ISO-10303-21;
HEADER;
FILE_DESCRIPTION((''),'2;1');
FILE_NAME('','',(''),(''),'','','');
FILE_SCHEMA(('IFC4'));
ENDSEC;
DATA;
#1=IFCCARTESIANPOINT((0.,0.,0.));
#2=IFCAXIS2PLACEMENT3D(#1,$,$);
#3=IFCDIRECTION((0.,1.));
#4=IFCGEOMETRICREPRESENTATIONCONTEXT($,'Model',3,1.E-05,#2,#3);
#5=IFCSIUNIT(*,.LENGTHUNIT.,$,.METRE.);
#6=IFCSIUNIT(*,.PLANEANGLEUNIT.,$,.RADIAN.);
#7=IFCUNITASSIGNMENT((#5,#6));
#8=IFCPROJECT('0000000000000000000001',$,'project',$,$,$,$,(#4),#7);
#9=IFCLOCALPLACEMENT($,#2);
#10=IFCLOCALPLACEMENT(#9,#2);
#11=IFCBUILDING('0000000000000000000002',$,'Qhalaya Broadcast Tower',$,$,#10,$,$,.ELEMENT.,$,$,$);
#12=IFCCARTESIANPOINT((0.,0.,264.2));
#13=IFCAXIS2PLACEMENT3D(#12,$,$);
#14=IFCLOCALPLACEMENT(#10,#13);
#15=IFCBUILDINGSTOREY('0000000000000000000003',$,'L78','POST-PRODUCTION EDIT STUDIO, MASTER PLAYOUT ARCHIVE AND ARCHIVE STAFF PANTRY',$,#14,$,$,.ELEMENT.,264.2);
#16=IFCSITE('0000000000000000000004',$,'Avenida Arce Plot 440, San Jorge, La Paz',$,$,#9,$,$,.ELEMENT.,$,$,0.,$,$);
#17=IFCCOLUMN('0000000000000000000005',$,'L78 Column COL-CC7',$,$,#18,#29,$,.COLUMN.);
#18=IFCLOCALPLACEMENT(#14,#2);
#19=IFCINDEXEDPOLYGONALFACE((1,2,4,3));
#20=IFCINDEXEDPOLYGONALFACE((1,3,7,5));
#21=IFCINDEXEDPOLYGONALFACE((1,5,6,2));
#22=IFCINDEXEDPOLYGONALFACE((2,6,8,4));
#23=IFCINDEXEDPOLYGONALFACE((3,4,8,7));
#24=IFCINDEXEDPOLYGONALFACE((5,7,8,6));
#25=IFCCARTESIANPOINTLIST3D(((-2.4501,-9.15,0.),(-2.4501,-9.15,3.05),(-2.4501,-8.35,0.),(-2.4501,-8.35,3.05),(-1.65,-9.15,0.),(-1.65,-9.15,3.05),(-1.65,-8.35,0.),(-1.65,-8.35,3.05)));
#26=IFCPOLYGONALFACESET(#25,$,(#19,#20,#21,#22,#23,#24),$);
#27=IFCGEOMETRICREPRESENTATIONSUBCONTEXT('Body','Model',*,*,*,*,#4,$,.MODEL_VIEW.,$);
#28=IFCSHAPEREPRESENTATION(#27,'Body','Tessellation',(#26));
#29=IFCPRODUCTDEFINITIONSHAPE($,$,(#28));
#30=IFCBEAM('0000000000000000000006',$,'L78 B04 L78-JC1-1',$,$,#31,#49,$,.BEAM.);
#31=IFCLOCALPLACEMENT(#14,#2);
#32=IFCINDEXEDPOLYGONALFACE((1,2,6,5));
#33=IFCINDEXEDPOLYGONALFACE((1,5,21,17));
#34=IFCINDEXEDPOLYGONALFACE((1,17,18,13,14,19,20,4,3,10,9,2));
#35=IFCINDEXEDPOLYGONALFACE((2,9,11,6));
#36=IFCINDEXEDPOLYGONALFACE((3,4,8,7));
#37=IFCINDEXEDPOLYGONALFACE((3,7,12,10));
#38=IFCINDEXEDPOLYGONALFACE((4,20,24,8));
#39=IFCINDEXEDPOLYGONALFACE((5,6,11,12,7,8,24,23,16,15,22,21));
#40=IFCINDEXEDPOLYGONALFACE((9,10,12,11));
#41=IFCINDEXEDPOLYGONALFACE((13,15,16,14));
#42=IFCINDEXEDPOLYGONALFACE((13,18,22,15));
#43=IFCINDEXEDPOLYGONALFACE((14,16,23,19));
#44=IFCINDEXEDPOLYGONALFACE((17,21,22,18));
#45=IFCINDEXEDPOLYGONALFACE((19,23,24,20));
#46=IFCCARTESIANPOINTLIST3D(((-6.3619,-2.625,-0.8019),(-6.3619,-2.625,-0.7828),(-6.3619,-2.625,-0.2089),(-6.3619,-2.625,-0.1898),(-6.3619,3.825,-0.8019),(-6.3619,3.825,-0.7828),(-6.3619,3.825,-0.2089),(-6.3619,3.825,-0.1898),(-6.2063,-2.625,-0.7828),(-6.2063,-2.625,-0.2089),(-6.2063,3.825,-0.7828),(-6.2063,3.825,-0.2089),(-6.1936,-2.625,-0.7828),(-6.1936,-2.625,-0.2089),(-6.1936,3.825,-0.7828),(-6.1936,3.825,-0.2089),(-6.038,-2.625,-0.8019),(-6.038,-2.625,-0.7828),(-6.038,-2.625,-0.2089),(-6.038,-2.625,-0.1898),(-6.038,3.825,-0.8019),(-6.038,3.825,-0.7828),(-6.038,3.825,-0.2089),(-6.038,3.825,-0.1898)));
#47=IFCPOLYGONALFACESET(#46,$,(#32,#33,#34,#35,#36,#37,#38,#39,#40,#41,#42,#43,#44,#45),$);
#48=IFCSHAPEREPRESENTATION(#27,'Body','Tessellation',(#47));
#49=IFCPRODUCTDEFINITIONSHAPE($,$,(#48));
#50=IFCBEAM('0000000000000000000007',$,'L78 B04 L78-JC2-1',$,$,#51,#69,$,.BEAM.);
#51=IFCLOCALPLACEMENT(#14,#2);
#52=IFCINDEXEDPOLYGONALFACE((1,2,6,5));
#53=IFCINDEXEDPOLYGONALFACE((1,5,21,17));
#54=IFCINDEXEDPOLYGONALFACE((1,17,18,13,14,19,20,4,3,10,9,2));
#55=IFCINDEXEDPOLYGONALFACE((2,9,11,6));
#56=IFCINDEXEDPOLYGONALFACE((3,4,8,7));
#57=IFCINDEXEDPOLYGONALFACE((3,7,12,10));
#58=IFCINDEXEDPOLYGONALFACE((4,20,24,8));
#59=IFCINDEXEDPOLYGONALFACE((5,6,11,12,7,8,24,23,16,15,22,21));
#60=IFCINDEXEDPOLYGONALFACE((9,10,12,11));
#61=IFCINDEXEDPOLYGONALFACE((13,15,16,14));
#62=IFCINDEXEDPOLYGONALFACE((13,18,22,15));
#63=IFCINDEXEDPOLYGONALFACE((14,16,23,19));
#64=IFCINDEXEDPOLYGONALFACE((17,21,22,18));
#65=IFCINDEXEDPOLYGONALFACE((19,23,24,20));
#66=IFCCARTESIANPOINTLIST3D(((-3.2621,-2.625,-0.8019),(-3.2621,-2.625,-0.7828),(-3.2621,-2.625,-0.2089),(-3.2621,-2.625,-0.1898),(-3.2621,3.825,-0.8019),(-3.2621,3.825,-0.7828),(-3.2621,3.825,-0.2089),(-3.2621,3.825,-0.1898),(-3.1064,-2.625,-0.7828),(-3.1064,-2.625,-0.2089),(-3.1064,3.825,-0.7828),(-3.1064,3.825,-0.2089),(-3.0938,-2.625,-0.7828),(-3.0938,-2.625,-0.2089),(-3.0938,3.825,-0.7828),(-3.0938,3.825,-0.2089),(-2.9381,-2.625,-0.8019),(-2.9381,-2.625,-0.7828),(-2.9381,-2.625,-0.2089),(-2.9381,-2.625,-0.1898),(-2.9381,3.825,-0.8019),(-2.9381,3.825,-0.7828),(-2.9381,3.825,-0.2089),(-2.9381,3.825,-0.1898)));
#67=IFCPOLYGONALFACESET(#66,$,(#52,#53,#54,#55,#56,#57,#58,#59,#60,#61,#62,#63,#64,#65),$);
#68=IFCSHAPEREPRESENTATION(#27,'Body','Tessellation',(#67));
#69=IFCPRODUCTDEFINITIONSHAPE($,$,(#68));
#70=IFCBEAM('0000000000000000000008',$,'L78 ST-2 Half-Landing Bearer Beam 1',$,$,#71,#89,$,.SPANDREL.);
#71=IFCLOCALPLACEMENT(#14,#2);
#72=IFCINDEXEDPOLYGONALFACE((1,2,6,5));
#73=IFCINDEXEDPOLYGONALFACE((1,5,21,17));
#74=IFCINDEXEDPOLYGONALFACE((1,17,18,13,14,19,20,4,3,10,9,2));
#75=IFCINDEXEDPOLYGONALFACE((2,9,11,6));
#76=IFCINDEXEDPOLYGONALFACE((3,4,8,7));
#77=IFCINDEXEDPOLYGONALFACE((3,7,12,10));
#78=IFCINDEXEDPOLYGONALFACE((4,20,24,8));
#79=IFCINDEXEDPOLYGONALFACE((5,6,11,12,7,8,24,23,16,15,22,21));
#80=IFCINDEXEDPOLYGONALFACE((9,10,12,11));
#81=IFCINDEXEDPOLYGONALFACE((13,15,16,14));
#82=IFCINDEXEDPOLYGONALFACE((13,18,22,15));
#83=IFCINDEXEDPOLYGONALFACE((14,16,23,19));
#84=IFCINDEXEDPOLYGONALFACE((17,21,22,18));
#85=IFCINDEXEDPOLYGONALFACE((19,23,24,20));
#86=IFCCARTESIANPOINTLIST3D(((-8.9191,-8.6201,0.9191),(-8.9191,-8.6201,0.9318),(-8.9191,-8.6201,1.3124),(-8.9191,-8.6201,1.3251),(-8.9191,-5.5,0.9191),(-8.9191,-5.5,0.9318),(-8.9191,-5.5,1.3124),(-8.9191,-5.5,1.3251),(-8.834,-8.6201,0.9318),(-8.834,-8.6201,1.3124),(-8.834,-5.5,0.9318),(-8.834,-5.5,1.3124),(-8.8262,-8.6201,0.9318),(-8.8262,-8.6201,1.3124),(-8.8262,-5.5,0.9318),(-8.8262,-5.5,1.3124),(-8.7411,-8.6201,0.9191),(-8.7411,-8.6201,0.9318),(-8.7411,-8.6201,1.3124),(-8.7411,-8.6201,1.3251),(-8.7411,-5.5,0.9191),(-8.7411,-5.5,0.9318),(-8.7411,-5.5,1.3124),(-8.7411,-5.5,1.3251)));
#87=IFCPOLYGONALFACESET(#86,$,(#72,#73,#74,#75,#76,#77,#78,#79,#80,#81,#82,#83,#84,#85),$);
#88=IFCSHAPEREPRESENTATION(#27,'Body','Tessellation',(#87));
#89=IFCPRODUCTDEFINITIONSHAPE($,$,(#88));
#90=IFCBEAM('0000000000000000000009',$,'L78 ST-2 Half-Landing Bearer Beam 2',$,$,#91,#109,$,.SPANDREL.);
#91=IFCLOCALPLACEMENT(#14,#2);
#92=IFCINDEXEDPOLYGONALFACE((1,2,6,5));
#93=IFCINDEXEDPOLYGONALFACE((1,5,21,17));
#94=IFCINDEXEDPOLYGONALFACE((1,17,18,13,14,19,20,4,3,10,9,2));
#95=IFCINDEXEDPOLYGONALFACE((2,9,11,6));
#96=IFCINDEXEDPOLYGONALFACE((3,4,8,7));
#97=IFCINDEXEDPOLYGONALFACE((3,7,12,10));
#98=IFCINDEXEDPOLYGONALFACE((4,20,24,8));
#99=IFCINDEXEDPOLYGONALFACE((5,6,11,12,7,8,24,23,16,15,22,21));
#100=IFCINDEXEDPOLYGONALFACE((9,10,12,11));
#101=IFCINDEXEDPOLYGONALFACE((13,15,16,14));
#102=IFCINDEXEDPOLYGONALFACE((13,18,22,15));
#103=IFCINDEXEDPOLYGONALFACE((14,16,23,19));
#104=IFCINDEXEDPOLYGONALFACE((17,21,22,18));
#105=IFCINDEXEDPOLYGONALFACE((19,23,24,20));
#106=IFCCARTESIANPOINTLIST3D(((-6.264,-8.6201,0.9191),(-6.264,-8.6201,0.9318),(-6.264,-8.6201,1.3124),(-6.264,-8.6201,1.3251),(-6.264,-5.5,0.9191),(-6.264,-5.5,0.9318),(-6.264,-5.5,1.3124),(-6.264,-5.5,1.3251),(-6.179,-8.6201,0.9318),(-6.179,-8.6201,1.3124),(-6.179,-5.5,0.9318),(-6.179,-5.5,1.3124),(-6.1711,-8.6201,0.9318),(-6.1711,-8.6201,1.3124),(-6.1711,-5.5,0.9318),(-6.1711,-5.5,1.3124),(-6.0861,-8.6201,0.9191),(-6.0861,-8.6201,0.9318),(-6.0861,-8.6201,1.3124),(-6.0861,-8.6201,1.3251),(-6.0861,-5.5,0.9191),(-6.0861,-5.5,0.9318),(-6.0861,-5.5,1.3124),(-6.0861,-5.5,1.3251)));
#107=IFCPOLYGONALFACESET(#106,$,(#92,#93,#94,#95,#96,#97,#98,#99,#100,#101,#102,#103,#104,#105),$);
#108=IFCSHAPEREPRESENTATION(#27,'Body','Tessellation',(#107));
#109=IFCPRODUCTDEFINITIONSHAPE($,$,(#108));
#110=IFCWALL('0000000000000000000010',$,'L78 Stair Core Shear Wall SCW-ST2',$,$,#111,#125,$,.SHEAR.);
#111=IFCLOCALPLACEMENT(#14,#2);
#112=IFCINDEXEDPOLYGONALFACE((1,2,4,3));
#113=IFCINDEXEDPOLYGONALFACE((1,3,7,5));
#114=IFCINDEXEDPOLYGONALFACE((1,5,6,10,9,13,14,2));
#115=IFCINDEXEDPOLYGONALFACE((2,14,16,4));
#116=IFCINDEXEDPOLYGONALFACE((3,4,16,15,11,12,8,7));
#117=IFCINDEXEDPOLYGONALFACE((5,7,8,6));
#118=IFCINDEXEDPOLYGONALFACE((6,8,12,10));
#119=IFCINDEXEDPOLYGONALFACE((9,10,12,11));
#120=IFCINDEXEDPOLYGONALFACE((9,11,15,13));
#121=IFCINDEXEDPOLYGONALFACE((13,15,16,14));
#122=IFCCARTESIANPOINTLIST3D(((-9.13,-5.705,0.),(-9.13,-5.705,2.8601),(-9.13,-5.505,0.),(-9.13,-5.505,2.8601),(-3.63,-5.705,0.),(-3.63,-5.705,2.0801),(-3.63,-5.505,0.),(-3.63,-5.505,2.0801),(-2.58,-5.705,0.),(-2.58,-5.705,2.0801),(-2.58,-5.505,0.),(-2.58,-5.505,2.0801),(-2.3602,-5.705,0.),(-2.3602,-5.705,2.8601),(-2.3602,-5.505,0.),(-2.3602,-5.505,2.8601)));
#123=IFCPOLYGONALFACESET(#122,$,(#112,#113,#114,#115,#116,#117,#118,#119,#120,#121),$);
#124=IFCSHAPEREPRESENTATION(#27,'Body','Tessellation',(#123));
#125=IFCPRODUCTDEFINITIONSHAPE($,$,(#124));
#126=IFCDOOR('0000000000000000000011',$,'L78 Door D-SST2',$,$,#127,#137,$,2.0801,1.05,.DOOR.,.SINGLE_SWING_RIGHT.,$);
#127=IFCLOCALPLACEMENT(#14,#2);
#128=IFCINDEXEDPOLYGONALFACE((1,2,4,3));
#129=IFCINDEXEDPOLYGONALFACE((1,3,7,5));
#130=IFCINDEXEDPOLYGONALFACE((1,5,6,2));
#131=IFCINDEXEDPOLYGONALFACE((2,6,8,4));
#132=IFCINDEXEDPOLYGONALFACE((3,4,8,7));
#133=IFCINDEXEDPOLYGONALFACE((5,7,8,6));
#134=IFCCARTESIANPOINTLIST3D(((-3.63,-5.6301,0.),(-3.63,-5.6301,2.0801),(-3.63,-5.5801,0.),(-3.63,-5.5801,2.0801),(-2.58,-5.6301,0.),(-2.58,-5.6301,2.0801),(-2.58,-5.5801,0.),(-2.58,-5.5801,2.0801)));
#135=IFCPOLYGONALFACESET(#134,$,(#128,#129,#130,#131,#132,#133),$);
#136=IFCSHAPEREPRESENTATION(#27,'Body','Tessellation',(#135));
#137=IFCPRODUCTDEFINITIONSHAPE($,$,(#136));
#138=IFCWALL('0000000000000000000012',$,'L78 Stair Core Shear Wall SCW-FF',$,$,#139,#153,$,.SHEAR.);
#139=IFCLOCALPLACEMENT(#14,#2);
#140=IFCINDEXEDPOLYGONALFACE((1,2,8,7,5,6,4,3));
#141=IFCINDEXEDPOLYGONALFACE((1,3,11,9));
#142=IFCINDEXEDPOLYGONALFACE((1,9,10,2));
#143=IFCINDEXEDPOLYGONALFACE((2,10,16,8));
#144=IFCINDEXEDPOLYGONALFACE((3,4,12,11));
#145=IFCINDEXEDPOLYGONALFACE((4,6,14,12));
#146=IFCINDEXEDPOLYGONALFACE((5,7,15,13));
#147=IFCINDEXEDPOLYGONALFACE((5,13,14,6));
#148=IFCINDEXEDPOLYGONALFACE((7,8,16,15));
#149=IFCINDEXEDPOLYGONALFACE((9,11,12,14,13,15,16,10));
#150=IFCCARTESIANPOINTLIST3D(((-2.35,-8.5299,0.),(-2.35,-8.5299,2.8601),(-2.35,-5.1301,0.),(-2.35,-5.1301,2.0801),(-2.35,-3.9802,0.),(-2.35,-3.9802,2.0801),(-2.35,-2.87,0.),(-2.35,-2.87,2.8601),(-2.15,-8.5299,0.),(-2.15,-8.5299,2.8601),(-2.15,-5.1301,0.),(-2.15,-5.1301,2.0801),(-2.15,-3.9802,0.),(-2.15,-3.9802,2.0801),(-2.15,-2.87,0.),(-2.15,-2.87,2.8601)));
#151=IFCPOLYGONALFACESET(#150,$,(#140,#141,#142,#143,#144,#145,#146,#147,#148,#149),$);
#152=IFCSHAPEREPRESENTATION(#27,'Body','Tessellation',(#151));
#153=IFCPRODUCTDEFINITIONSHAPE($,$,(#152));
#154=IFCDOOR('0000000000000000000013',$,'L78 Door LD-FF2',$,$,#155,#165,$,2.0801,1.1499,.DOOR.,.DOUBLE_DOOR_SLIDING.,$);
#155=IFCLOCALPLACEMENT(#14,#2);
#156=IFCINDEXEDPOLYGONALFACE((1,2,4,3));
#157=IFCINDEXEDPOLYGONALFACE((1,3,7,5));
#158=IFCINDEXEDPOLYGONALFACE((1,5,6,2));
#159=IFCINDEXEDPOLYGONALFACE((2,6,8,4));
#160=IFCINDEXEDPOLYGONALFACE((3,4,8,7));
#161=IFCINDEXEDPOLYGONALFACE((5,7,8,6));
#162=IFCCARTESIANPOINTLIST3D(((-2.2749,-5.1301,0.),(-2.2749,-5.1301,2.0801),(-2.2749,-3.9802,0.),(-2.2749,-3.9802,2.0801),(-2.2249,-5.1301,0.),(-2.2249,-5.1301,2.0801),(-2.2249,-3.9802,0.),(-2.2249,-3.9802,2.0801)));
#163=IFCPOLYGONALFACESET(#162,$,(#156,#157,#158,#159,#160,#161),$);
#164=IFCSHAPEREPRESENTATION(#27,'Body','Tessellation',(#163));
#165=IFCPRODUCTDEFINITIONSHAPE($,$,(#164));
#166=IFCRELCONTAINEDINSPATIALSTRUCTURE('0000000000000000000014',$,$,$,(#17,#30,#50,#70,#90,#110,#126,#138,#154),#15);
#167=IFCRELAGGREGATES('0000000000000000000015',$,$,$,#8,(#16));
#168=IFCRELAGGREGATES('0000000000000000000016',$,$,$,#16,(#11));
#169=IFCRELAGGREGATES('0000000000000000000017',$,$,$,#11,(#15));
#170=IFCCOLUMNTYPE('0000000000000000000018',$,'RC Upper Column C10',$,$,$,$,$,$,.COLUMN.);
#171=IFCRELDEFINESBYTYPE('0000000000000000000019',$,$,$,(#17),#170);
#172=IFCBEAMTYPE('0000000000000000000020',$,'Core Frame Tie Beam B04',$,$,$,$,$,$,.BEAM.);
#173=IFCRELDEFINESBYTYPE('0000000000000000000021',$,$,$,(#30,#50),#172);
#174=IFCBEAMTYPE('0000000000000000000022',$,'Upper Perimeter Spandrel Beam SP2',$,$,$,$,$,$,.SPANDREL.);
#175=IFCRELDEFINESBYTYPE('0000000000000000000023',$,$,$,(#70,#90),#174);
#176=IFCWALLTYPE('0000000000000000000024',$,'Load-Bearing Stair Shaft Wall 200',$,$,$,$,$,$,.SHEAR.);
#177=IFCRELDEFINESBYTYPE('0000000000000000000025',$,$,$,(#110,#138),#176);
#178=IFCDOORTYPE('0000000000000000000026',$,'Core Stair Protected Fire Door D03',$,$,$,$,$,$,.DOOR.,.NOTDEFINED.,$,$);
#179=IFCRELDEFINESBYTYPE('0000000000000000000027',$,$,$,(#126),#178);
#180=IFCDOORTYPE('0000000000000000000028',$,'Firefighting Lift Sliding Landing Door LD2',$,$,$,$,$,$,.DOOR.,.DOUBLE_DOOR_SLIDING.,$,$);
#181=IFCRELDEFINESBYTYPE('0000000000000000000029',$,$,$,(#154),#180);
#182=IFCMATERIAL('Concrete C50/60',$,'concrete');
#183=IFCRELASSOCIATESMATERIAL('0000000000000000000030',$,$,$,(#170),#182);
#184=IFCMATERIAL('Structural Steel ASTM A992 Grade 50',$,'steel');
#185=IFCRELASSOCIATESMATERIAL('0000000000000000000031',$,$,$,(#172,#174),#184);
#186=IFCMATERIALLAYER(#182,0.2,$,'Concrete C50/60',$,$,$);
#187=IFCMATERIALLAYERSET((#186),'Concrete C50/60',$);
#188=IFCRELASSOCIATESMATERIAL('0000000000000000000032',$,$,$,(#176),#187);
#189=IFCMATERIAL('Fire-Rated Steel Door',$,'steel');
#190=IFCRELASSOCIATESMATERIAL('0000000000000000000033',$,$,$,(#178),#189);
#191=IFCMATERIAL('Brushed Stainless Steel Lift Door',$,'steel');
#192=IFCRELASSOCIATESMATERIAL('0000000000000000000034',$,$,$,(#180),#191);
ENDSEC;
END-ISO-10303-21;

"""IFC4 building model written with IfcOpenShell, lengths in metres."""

from ifc_helpers import new_model, si_unit, direction, frame, frame_2d, origin, origin_2d, place, context, subcontext, project, spatial, rectangle, i_section, extrude, material, layer, layer_set, material_profile, profile_set, type_object, element, fill, save


model = new_model("IFC4")

# Units and contexts
model_context = context("Model", 3, precision=1e-05, world=origin(), true_north=direction((0.0, 1.0)))
body_context = subcontext(model_context, "Body", "Model", "MODEL_VIEW")
ifc_project = project(units=[si_unit("LENGTHUNIT", "METRE"), si_unit("PLANEANGLEUNIT", "RADIAN")], contexts=[model_context])

# Site, building, storey
site_placement = place(None, origin())
site = spatial("IfcSite", under=ifc_project, at=site_placement, Name="Avenida Arce Plot 440, San Jorge, La Paz", CompositionType="ELEMENT", RefElevation=0.0)
building_placement = place(site_placement, origin())
building = spatial("IfcBuilding", under=site, at=building_placement, Name="Qhalaya Broadcast Tower", CompositionType="ELEMENT")
storey_placement = place(building_placement, frame((0.0, 0.0, 264.2)))
storey = spatial("IfcBuildingStorey", under=building, at=storey_placement, Name="L78", Description="POST-PRODUCTION EDIT STUDIO, MASTER PLAYOUT ARCHIVE AND ARCHIVE STAFF PANTRY", CompositionType="ELEMENT", Elevation=264.2)

# Column
ifc_material_1 = material(Name="Concrete C50/60", Category="concrete")
ifc_material_profile_1 = material_profile(ifc_material_1, rectangle(XDim=0.8, YDim=0.8, at=origin_2d()), Name="RC-COL 800x800")
ifc_profile_set_1 = profile_set([ifc_material_profile_1], Name="Concrete C50/60")
column_type = type_object("IfcColumnType", Name="RC Upper Column C10", PredefinedType="COLUMN", material=ifc_profile_set_1)
column_placement = place(storey_placement, frame((-2.05, -8.75, 0.0), z_axis=(0.0, 0.0, 1.0), x_axis=(1.0, 0.0, 0.0)))
element("IfcColumn", 1, at=column_placement, inside=storey, type_object=column_type, Name="L78 Column COL-CC7", PredefinedType="COLUMN", context=body_context, shape_type="SweptSolid", body=[
    extrude(rectangle(XDim=0.8, YDim=0.8, at=origin_2d()), origin(), (0.0, 0.0, 1.0), 3.05),
])

# Beams
ifc_material_2 = material(Name="Structural Steel ASTM A992 Grade 50", Category="steel")
ifc_material_profile_2 = material_profile(ifc_material_2, i_section(OverallWidth=0.324, OverallDepth=0.6121, WebThickness=0.0127, FlangeThickness=0.019, at=origin_2d()), Name="W24X104")
ifc_profile_set_2 = profile_set([ifc_material_profile_2], Name="Structural Steel ASTM A992 Grade 50")
beam_type_1 = type_object("IfcBeamType", Name="Core Frame Tie Beam B04", PredefinedType="BEAM", material=ifc_profile_set_2)
for number, where, z_axis, x_axis, name in (
    (2, (-6.2, -2.625, -0.4958), (0.0, 1.0, 0.0), (-1.0, 0.0, 0.0), "L78 B04 L78-JC1-1"),
    (3, (-3.1001, -2.625, -0.4958), (0.0, 1.0, 0.0), (-1.0, 0.0, 0.0), "L78 B04 L78-JC2-1"),
):
    element("IfcBeam", number, at=place(storey_placement, frame(where, z_axis=z_axis, x_axis=x_axis)), inside=storey, type_object=beam_type_1, Name=name, PredefinedType="BEAM", context=body_context, shape_type="SweptSolid", body=[
        extrude(i_section(OverallWidth=0.324, OverallDepth=0.6121, WebThickness=0.0127, FlangeThickness=0.019, at=origin_2d()), origin(), (0.0, 0.0, 1.0), 6.45),
    ])
ifc_material_profile_3 = material_profile(ifc_material_2, i_section(OverallWidth=0.178, OverallDepth=0.406, WebThickness=0.0078, FlangeThickness=0.0127, at=origin_2d()), Name="W16X40")
ifc_profile_set_3 = profile_set([ifc_material_profile_3], Name="Structural Steel ASTM A992 Grade 50")
beam_type_2 = type_object("IfcBeamType", Name="Upper Perimeter Spandrel Beam SP2", PredefinedType="SPANDREL", material=ifc_profile_set_3)
for number, where, z_axis, x_axis, name in (
    (4, (-8.8301, -8.6201, 1.1221), (0.0, 1.0, 0.0), (-1.0, 0.0, 0.0), "L78 ST-2 Half-Landing Bearer Beam 1"),
    (5, (-6.175, -8.6201, 1.1221), (0.0, 1.0, 0.0), (-1.0, 0.0, 0.0), "L78 ST-2 Half-Landing Bearer Beam 2"),
):
    element("IfcBeam", number, at=place(storey_placement, frame(where, z_axis=z_axis, x_axis=x_axis)), inside=storey, type_object=beam_type_2, Name=name, PredefinedType="SPANDREL", context=body_context, shape_type="SweptSolid", body=[
        extrude(i_section(OverallWidth=0.178, OverallDepth=0.406, WebThickness=0.0078, FlangeThickness=0.0127, at=origin_2d()), origin(), (0.0, 0.0, 1.0), 3.1201),
    ])

# Walls, openings, doors
ifc_layer_1 = layer(ifc_material_1, 0.2, Name="Concrete C50/60")
ifc_layer_set_1 = layer_set([ifc_layer_1], Name="Concrete C50/60")
wall_type_1 = type_object("IfcWallType", Name="Load-Bearing Stair Shaft Wall 200", PredefinedType="SHEAR", material=ifc_layer_set_1)
wall_1_placement = place(storey_placement, frame((-9.1299, -5.605, 0.0), z_axis=(0.0, 0.0, 1.0), x_axis=(1.0, 0.0, 0.0)))
wall_1 = element("IfcWall", 6, at=wall_1_placement, inside=storey, type_object=wall_type_1, Name="L78 Stair Core Shear Wall SCW-ST2", PredefinedType="SHEAR", context=body_context, shape_type="SweptSolid", body=[
    extrude(rectangle(XDim=6.7698, YDim=0.2, at=frame_2d((3.3848, 0.0))), origin(), (0.0, 0.0, 1.0), 2.8601),
])
opening_1_placement = place(wall_1_placement, frame((5.5, 0.0, 0.0)))
opening_1 = element("IfcOpeningElement", 7, at=opening_1_placement, cuts=wall_1, PredefinedType="OPENING", context=body_context, shape_type="SweptSolid", body=[
    extrude(rectangle(XDim=1.05, YDim=2.0801, at=frame_2d((0.5249, 1.04))), frame((0.0, 0.1121, 0.0), z_axis=(0.0, -1.0, 0.0), x_axis=(1.0, 0.0, 0.0)), (0.0, 0.0, 1.0), 0.2239),
])
ifc_material_3 = material(Name="Fire-Rated Steel Door", Category="steel")
door_type_1 = type_object("IfcDoorType", Name="Core Stair Protected Fire Door D03", OperationType="NOTDEFINED", PredefinedType="DOOR", material=ifc_material_3)
door_1_placement = place(opening_1_placement, origin())
door_1 = element("IfcDoor", 8, at=door_1_placement, inside=storey, type_object=door_type_1, Name="L78 Door D-SST2", OperationType="SINGLE_SWING_RIGHT", OverallHeight=2.0801, OverallWidth=1.05, PredefinedType="DOOR", context=body_context, shape_type="SweptSolid", body=[
    extrude(rectangle(XDim=1.05, YDim=2.0801, at=frame_2d((0.5249, 1.04))), frame((0.0, 0.0249, 0.0), z_axis=(0.0, -1.0, 0.0), x_axis=(1.0, 0.0, 0.0)), (0.0, 0.0, 1.0), 0.05),
])
fill(opening_1, door_1)
wall_2_placement = place(storey_placement, frame((-2.25, -8.53, 0.0), z_axis=(0.0, 0.0, 1.0), x_axis=(0.0, 1.0, 0.0)))
wall_2 = element("IfcWall", 9, at=wall_2_placement, inside=storey, type_object=wall_type_1, Name="L78 Stair Core Shear Wall SCW-FF", PredefinedType="SHEAR", context=body_context, shape_type="SweptSolid", body=[
    extrude(rectangle(XDim=5.6599, YDim=0.2, at=frame_2d((2.8301, 0.0))), origin(), (0.0, 0.0, 1.0), 2.8601),
])
opening_2_placement = place(wall_2_placement, frame((3.3999, 0.0, 0.0)))
opening_2 = element("IfcOpeningElement", 10, at=opening_2_placement, cuts=wall_2, PredefinedType="OPENING", context=body_context, shape_type="SweptSolid", body=[
    extrude(rectangle(XDim=1.1499, YDim=2.0801, at=frame_2d((0.575, 1.04))), frame((0.0, 0.1121, 0.0), z_axis=(0.0, -1.0, 0.0), x_axis=(1.0, 0.0, 0.0)), (0.0, 0.0, 1.0), 0.2239),
])
ifc_material_4 = material(Name="Brushed Stainless Steel Lift Door", Category="steel")
door_type_2 = type_object("IfcDoorType", Name="Firefighting Lift Sliding Landing Door LD2", OperationType="DOUBLE_DOOR_SLIDING", PredefinedType="DOOR", material=ifc_material_4)
door_2_placement = place(opening_2_placement, origin())
door_2 = element("IfcDoor", 11, at=door_2_placement, inside=storey, type_object=door_type_2, Name="L78 Door LD-FF2", OperationType="DOUBLE_DOOR_SLIDING", OverallHeight=2.0801, OverallWidth=1.1499, PredefinedType="DOOR", context=body_context, shape_type="SweptSolid", body=[
    extrude(rectangle(XDim=1.1499, YDim=2.0801, at=frame_2d((0.575, 1.04))), frame((0.0, 0.0249, 0.0), z_axis=(0.0, -1.0, 0.0), x_axis=(1.0, 0.0, 0.0)), (0.0, 0.0, 1.0), 0.05),
])
fill(opening_2, door_2)

save(model, "model.ifc")
